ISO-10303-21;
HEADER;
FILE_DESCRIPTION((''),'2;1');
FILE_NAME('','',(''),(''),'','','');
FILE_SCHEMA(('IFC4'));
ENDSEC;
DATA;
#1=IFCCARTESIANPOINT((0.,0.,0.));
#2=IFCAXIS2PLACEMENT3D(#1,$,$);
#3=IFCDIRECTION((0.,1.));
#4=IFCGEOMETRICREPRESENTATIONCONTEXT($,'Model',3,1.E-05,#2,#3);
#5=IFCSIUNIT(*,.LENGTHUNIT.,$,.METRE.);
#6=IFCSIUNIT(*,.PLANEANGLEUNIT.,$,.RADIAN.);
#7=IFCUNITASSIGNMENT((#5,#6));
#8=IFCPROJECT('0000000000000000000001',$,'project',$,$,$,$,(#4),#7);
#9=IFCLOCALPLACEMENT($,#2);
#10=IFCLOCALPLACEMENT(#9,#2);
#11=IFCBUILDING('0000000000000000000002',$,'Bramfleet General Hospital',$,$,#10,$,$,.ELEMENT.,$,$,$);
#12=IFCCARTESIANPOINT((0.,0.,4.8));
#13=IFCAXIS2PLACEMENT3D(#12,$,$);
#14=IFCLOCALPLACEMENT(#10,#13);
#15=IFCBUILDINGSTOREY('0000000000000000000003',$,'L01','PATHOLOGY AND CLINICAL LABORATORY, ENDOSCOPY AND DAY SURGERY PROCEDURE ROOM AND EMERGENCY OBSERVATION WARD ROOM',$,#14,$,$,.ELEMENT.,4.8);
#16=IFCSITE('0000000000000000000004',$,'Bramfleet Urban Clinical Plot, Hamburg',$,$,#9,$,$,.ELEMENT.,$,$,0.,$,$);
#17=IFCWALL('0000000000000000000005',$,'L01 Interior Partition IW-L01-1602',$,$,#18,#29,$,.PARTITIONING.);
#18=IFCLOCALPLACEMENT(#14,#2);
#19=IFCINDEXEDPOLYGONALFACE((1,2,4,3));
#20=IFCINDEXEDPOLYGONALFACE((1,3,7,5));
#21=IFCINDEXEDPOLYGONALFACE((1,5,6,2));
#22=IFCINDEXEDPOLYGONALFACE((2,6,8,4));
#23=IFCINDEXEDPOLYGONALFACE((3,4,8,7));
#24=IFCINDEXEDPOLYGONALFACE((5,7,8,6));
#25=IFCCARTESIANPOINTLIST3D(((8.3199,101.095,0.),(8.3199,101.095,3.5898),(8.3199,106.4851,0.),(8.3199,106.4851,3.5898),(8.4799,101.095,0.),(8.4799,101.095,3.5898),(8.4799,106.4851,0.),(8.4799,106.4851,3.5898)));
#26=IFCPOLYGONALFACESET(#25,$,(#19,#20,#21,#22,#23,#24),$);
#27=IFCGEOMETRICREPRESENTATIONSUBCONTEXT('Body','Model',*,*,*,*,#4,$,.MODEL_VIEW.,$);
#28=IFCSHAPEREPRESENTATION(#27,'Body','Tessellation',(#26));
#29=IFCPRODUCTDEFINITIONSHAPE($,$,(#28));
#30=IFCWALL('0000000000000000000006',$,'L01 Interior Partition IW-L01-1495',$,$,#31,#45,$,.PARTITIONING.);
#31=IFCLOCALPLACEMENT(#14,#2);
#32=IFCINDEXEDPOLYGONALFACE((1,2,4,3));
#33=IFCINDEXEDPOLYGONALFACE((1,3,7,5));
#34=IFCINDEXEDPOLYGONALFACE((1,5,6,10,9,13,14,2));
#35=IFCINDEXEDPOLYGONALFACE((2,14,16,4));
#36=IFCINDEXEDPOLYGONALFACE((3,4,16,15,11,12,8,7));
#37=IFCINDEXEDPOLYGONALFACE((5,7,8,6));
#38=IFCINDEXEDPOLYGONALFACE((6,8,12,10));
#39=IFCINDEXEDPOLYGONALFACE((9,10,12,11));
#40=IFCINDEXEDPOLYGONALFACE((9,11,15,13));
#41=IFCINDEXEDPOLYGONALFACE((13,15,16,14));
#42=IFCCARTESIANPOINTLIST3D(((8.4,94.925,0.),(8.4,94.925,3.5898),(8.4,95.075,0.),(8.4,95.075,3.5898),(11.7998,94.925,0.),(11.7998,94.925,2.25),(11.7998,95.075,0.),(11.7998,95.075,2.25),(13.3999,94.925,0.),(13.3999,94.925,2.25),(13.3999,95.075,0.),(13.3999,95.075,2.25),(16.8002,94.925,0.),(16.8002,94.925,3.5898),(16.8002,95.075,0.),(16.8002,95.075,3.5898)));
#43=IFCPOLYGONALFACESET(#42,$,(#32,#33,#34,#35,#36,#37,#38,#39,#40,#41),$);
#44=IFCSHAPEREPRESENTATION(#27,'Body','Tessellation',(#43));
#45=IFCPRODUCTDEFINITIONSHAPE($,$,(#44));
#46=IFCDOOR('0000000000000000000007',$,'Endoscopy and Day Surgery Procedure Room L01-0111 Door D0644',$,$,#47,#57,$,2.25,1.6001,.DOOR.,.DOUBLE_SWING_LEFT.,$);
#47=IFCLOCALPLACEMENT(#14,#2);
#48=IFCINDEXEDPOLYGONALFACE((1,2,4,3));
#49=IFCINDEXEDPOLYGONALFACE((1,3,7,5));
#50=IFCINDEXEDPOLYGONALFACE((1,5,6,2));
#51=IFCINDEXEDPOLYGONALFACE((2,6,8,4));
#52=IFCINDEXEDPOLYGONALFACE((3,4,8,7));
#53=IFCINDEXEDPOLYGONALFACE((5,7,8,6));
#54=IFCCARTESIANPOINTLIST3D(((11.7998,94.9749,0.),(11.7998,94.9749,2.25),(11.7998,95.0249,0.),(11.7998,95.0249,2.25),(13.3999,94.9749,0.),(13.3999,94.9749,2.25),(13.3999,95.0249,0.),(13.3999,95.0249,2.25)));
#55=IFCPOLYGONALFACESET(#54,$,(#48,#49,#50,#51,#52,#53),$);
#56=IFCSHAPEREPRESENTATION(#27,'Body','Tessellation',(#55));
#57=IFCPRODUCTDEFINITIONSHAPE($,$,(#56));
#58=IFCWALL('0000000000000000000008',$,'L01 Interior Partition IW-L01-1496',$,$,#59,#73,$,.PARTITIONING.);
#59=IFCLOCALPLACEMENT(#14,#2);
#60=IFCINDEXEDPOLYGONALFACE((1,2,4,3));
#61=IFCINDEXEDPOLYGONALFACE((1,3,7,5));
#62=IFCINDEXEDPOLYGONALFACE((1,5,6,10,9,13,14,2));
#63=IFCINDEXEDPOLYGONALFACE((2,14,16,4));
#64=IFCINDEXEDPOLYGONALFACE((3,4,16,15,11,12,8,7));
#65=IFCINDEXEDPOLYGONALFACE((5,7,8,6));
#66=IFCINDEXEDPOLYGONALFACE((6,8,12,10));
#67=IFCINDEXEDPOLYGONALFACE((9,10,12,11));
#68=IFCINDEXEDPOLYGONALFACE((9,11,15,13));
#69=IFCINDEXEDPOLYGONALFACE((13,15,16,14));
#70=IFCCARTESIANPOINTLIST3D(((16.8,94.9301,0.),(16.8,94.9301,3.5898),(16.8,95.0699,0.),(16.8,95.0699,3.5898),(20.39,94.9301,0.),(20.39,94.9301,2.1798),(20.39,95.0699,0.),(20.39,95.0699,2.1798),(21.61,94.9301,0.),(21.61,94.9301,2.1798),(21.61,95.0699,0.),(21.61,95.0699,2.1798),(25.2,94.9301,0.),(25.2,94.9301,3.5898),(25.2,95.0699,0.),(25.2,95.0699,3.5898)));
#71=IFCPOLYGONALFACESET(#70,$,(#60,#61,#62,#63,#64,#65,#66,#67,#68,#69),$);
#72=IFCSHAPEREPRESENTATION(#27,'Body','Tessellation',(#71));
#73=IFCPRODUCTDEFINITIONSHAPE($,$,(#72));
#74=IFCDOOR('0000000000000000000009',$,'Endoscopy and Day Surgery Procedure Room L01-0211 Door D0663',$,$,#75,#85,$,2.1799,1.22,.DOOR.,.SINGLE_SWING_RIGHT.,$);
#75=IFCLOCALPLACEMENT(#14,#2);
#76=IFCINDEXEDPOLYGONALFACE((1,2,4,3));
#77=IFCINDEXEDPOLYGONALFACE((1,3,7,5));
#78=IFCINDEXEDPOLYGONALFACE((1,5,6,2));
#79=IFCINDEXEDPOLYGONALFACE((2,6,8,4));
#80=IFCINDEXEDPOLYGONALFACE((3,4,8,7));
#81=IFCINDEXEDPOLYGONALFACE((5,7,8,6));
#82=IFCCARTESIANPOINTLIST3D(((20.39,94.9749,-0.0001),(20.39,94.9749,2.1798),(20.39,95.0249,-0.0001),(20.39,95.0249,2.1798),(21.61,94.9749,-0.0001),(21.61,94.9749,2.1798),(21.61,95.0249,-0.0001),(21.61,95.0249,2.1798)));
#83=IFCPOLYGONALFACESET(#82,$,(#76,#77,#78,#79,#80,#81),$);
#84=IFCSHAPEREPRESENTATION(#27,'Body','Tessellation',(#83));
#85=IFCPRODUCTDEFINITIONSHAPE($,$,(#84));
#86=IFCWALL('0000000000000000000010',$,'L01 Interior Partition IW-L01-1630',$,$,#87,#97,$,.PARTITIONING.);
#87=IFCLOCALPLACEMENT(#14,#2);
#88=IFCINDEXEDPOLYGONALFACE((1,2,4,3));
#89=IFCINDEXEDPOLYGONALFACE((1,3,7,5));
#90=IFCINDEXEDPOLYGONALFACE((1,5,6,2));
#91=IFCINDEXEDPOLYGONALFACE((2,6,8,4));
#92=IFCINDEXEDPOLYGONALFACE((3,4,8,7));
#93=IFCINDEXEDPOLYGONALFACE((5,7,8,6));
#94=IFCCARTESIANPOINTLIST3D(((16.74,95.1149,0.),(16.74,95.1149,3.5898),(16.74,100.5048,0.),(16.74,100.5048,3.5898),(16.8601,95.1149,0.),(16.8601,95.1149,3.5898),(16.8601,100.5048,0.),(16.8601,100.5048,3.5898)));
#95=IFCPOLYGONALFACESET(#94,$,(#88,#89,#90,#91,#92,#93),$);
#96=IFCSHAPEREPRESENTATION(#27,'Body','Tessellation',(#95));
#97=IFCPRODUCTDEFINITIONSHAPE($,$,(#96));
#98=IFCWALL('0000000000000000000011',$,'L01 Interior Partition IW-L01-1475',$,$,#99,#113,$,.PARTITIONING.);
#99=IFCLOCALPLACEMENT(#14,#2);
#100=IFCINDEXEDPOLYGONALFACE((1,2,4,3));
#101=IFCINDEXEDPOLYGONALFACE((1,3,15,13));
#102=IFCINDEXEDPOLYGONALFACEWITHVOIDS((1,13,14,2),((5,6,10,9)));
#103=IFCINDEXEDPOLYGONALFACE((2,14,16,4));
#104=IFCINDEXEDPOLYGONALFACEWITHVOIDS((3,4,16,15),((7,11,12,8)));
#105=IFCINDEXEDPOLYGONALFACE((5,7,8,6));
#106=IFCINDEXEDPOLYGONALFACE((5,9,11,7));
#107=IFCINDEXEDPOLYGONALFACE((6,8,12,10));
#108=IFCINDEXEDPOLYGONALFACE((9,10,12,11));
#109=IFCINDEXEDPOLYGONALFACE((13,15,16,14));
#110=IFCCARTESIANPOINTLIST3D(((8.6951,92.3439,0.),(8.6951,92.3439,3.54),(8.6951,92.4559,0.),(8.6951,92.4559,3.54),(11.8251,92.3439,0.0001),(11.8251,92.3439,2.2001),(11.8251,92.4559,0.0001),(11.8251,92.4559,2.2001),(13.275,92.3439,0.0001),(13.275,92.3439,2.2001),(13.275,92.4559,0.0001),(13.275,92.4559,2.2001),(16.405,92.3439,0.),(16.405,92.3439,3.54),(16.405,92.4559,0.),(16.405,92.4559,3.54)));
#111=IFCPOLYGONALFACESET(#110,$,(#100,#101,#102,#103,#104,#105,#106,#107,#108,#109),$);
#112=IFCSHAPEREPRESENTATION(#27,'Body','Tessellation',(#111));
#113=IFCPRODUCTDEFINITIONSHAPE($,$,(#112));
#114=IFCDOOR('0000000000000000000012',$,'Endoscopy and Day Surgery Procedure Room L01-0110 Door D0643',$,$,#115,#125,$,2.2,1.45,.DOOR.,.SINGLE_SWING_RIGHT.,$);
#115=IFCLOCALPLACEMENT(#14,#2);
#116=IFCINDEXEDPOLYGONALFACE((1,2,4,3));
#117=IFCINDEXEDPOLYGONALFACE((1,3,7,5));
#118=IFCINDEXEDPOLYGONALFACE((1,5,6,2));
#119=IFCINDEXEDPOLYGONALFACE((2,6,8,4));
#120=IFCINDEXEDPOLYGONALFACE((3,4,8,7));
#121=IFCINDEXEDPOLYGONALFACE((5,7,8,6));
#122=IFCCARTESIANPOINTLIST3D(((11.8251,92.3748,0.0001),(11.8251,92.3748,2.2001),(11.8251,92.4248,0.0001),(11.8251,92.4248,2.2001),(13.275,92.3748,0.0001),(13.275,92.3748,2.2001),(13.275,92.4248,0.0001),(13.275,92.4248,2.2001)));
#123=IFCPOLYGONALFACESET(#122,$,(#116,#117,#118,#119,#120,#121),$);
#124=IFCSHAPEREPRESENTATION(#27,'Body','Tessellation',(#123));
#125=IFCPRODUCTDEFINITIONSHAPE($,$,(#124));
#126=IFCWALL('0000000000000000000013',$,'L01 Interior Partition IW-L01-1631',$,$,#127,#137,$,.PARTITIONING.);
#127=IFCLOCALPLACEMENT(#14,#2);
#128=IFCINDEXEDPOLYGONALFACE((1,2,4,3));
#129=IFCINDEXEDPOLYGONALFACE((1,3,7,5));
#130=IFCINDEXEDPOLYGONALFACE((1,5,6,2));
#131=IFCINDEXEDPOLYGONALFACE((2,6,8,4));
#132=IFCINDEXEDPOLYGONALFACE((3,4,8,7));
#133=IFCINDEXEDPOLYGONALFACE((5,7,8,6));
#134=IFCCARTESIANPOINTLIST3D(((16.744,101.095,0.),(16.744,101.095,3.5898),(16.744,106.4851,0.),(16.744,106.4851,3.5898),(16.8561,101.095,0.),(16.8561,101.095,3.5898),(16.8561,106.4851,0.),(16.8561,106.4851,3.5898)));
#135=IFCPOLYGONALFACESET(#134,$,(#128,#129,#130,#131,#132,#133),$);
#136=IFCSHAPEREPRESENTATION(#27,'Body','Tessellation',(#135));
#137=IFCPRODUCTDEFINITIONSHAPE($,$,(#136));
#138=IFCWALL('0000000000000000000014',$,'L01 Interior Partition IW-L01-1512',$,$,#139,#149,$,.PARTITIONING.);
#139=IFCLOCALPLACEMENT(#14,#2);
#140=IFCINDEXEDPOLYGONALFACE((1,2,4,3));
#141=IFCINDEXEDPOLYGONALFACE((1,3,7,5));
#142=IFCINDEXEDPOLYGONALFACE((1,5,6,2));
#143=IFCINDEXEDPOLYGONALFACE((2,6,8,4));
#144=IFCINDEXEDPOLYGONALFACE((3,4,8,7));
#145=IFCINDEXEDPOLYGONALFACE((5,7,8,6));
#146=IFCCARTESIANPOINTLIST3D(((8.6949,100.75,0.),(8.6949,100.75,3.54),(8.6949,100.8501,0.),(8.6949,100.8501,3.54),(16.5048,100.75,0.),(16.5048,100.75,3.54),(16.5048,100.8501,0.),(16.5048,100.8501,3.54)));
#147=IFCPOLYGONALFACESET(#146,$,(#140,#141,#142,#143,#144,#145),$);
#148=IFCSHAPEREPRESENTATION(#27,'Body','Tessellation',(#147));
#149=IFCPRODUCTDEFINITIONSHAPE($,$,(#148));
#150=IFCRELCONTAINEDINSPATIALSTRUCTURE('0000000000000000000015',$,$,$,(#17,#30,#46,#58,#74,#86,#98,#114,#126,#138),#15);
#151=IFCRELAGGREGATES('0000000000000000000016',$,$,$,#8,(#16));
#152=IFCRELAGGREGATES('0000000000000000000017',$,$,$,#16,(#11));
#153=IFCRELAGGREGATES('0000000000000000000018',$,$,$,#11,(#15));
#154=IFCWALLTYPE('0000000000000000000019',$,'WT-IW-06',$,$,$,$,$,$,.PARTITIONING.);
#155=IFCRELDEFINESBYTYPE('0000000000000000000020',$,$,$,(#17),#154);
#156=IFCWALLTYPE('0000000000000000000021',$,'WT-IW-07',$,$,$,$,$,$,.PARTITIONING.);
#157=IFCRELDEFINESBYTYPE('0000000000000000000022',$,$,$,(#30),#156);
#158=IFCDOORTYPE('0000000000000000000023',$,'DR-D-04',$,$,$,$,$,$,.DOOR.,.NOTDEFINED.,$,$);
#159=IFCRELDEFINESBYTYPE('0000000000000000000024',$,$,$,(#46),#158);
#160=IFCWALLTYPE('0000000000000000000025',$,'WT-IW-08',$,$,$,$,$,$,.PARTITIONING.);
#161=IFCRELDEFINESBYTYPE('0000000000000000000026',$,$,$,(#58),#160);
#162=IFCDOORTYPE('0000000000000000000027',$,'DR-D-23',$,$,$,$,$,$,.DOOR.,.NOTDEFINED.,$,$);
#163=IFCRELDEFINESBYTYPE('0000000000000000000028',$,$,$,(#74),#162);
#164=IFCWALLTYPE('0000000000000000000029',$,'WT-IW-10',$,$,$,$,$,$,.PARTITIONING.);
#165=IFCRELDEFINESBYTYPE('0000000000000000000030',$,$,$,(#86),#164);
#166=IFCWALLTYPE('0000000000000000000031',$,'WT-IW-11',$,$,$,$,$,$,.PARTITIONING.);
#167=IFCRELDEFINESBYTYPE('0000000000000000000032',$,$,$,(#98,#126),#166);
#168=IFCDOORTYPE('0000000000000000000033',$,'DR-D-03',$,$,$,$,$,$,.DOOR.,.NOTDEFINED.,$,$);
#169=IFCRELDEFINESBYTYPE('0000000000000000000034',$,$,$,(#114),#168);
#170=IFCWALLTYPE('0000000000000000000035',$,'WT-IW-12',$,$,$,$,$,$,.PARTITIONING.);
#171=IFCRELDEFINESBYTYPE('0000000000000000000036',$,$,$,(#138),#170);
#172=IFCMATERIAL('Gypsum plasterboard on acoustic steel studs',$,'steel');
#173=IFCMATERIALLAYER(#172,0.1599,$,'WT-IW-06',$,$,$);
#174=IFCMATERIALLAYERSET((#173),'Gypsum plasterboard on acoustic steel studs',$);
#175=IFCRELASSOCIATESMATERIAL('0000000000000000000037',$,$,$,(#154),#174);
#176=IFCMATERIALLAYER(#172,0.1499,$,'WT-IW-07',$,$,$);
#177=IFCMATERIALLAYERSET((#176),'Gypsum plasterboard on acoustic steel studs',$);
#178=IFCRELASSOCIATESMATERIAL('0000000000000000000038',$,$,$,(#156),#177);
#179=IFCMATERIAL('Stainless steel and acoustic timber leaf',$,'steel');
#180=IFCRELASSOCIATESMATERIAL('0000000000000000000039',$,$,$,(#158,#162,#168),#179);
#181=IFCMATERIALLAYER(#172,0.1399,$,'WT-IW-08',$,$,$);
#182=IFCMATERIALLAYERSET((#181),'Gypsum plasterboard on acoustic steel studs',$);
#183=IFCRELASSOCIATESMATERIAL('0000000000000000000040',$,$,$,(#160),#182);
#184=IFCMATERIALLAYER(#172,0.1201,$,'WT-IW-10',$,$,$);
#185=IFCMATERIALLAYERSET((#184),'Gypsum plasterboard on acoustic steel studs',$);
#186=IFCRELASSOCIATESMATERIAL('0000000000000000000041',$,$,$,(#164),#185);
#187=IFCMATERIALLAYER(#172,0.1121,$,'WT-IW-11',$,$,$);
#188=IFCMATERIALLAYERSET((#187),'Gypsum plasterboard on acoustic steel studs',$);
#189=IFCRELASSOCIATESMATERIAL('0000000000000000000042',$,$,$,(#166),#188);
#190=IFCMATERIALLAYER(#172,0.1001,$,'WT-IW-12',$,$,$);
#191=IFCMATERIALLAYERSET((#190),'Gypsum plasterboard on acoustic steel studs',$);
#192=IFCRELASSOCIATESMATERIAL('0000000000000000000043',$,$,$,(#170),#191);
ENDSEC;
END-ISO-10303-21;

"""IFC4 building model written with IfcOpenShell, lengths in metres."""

from ifc_helpers import new_model, si_unit, direction, frame, frame_2d, origin, place, context, subcontext, project, spatial, rectangle, extrude, material, layer, layer_set, type_object, element, fill, save


model = new_model("IFC4")

# Units and contexts
model_context = context("Model", 3, precision=1e-05, world=origin(), true_north=direction((0.0, 1.0)))
body_context = subcontext(model_context, "Body", "Model", "MODEL_VIEW")
ifc_project = project(units=[si_unit("LENGTHUNIT", "METRE"), si_unit("PLANEANGLEUNIT", "RADIAN")], contexts=[model_context])

# Site, building, storey
site_placement = place(None, origin())
site = spatial("IfcSite", under=ifc_project, at=site_placement, Name="Bramfleet Urban Clinical Plot, Hamburg", CompositionType="ELEMENT", RefElevation=0.0)
building_placement = place(site_placement, origin())
building = spatial("IfcBuilding", under=site, at=building_placement, Name="Bramfleet General Hospital", CompositionType="ELEMENT")
storey_placement = place(building_placement, frame((0.0, 0.0, 4.8)))
storey = spatial("IfcBuildingStorey", under=building, at=storey_placement, Name="L01", Description="PATHOLOGY AND CLINICAL LABORATORY, ENDOSCOPY AND DAY SURGERY PROCEDURE ROOM AND EMERGENCY OBSERVATION WARD ROOM", CompositionType="ELEMENT", Elevation=4.8)

# Wall
ifc_material_1 = material(Name="Gypsum plasterboard on acoustic steel studs", Category="steel")
ifc_layer_1 = layer(ifc_material_1, 0.1599, Name="WT-IW-06")
ifc_layer_set_1 = layer_set([ifc_layer_1], Name="Gypsum plasterboard on acoustic steel studs")
wall_type_1 = type_object("IfcWallType", Name="WT-IW-06", PredefinedType="PARTITIONING", material=ifc_layer_set_1)
wall_1_placement = place(storey_placement, frame((8.3999, 101.095, 0.0), z_axis=(0.0, 0.0, 1.0), x_axis=(0.0, 1.0, 0.0)))
element("IfcWall", 1, at=wall_1_placement, inside=storey, type_object=wall_type_1, Name="L01 Interior Partition IW-L01-1602", PredefinedType="PARTITIONING", context=body_context, shape_type="SweptSolid", body=[
    extrude(rectangle(XDim=5.3901, YDim=0.1599, at=frame_2d((2.6951, 0.0))), origin(), (0.0, 0.0, 1.0), 3.5898),
])

# Walls, openings, doors
ifc_layer_2 = layer(ifc_material_1, 0.1499, Name="WT-IW-07")
ifc_layer_set_2 = layer_set([ifc_layer_2], Name="Gypsum plasterboard on acoustic steel studs")
wall_type_2 = type_object("IfcWallType", Name="WT-IW-07", PredefinedType="PARTITIONING", material=ifc_layer_set_2)
wall_2_placement = place(storey_placement, frame((8.3999, 95.0, 0.0), z_axis=(0.0, 0.0, 1.0), x_axis=(1.0, 0.0, 0.0)))
wall_2 = element("IfcWall", 2, at=wall_2_placement, inside=storey, type_object=wall_type_2, Name="L01 Interior Partition IW-L01-1495", PredefinedType="PARTITIONING", context=body_context, shape_type="SweptSolid", body=[
    extrude(rectangle(XDim=8.4001, YDim=0.1499, at=frame_2d((4.2002, 0.0))), origin(), (0.0, 0.0, 1.0), 3.5898),
])
opening_1_placement = place(wall_2_placement, frame((3.3999, 0.0, 0.0)))
opening_1 = element("IfcOpeningElement", 3, at=opening_1_placement, cuts=wall_2, PredefinedType="OPENING", context=body_context, shape_type="SweptSolid", body=[
    extrude(rectangle(XDim=1.6001, YDim=2.25, at=frame_2d((0.8, 1.125))), frame((0.0, 0.085, 0.0), z_axis=(0.0, -1.0, 0.0), x_axis=(1.0, 0.0, 0.0)), (0.0, 0.0, 1.0), 0.1699),
])
ifc_material_2 = material(Name="Stainless steel and acoustic timber leaf", Category="steel")
door_type_1 = type_object("IfcDoorType", Name="DR-D-04", OperationType="NOTDEFINED", PredefinedType="DOOR", material=ifc_material_2)
door_1_placement = place(opening_1_placement, origin())
door_1 = element("IfcDoor", 4, at=door_1_placement, inside=storey, type_object=door_type_1, Name="Endoscopy and Day Surgery Procedure Room L01-0111 Door D0644", OperationType="DOUBLE_SWING_LEFT", OverallHeight=2.25, OverallWidth=1.6001, PredefinedType="DOOR", context=body_context, shape_type="SweptSolid", body=[
    extrude(rectangle(XDim=1.6001, YDim=2.25, at=frame_2d((0.8, 1.125))), frame((0.0, 0.0249, 0.0), z_axis=(0.0, -1.0, 0.0), x_axis=(1.0, 0.0, 0.0)), (0.0, 0.0, 1.0), 0.05),
])
fill(opening_1, door_1)
ifc_layer_3 = layer(ifc_material_1, 0.1399, Name="WT-IW-08")
ifc_layer_set_3 = layer_set([ifc_layer_3], Name="Gypsum plasterboard on acoustic steel studs")
wall_type_3 = type_object("IfcWallType", Name="WT-IW-08", PredefinedType="PARTITIONING", material=ifc_layer_set_3)
wall_3_placement = place(storey_placement, frame((16.8, 95.0, 0.0), z_axis=(0.0, 0.0, 1.0), x_axis=(1.0, 0.0, 0.0)))
wall_3 = element("IfcWall", 5, at=wall_3_placement, inside=storey, type_object=wall_type_3, Name="L01 Interior Partition IW-L01-1496", PredefinedType="PARTITIONING", context=body_context, shape_type="SweptSolid", body=[
    extrude(rectangle(XDim=8.3999, YDim=0.1399, at=frame_2d((4.2, 0.0))), origin(), (0.0, 0.0, 1.0), 3.5898),
])
opening_2_placement = place(wall_3_placement, frame((3.5901, 0.0, 0.0)))
opening_2 = element("IfcOpeningElement", 6, at=opening_2_placement, cuts=wall_3, PredefinedType="OPENING", context=body_context, shape_type="SweptSolid", body=[
    extrude(rectangle(XDim=1.22, YDim=2.1799, at=frame_2d((0.6099, 1.0898))), frame((0.0, 0.0798, 0.0), z_axis=(0.0, -1.0, 0.0), x_axis=(1.0, 0.0, 0.0)), (0.0, 0.0, 1.0), 0.1599),
])
door_type_2 = type_object("IfcDoorType", Name="DR-D-23", OperationType="NOTDEFINED", PredefinedType="DOOR", material=ifc_material_2)
door_2_placement = place(opening_2_placement, origin())
door_2 = element("IfcDoor", 7, at=door_2_placement, inside=storey, type_object=door_type_2, Name="Endoscopy and Day Surgery Procedure Room L01-0211 Door D0663", OperationType="SINGLE_SWING_RIGHT", OverallHeight=2.1799, OverallWidth=1.22, PredefinedType="DOOR", context=body_context, shape_type="SweptSolid", body=[
    extrude(rectangle(XDim=1.22, YDim=2.1799, at=frame_2d((0.6099, 1.0898))), frame((0.0, 0.0249, 0.0), z_axis=(0.0, -1.0, 0.0), x_axis=(1.0, 0.0, 0.0)), (0.0, 0.0, 1.0), 0.05),
])
fill(opening_2, door_2)

# Wall
ifc_layer_4 = layer(ifc_material_1, 0.1201, Name="WT-IW-10")
ifc_layer_set_4 = layer_set([ifc_layer_4], Name="Gypsum plasterboard on acoustic steel studs")
wall_type_4 = type_object("IfcWallType", Name="WT-IW-10", PredefinedType="PARTITIONING", material=ifc_layer_set_4)
wall_4_placement = place(storey_placement, frame((16.8, 95.115, 0.0), z_axis=(0.0, 0.0, 1.0), x_axis=(0.0, 1.0, 0.0)))
element("IfcWall", 8, at=wall_4_placement, inside=storey, type_object=wall_type_4, Name="L01 Interior Partition IW-L01-1630", PredefinedType="PARTITIONING", context=body_context, shape_type="SweptSolid", body=[
    extrude(rectangle(XDim=5.3899, YDim=0.1201, at=frame_2d((2.6948, 0.0))), origin(), (0.0, 0.0, 1.0), 3.5898),
])

# Wall, opening, door
ifc_layer_5 = layer(ifc_material_1, 0.1121, Name="WT-IW-11")
ifc_layer_set_5 = layer_set([ifc_layer_5], Name="Gypsum plasterboard on acoustic steel studs")
wall_type_5 = type_object("IfcWallType", Name="WT-IW-11", PredefinedType="PARTITIONING", material=ifc_layer_set_5)
wall_5_placement = place(storey_placement, frame((8.6951, 92.3999, 0.0), z_axis=(0.0, 0.0, 1.0), x_axis=(1.0, 0.0, 0.0)))
wall_5 = element("IfcWall", 9, at=wall_5_placement, inside=storey, type_object=wall_type_5, Name="L01 Interior Partition IW-L01-1475", PredefinedType="PARTITIONING", context=body_context, shape_type="SweptSolid", body=[
    extrude(rectangle(XDim=7.71, YDim=0.1121, at=frame_2d((3.855, 0.0))), origin(), (0.0, 0.0, 1.0), 3.54),
])
opening_3_placement = place(wall_5_placement, frame((3.1299, 0.0, 0.0)))
opening_3 = element("IfcOpeningElement", 10, at=opening_3_placement, cuts=wall_5, PredefinedType="OPENING", context=body_context, shape_type="SweptSolid", body=[
    extrude(rectangle(XDim=1.45, YDim=2.2, at=frame_2d((0.7251, 1.1001))), frame((0.0, 0.0659, 0.0), z_axis=(0.0, -1.0, 0.0), x_axis=(1.0, 0.0, 0.0)), (0.0, 0.0, 1.0), 0.1321),
])
door_type_3 = type_object("IfcDoorType", Name="DR-D-03", OperationType="NOTDEFINED", PredefinedType="DOOR", material=ifc_material_2)
door_3_placement = place(opening_3_placement, origin())
door_3 = element("IfcDoor", 11, at=door_3_placement, inside=storey, type_object=door_type_3, Name="Endoscopy and Day Surgery Procedure Room L01-0110 Door D0643", OperationType="SINGLE_SWING_RIGHT", OverallHeight=2.2, OverallWidth=1.45, PredefinedType="DOOR", context=body_context, shape_type="SweptSolid", body=[
    extrude(rectangle(XDim=1.45, YDim=2.2, at=frame_2d((0.7251, 1.1001))), frame((0.0, 0.0249, 0.0), z_axis=(0.0, -1.0, 0.0), x_axis=(1.0, 0.0, 0.0)), (0.0, 0.0, 1.0), 0.05),
])
fill(opening_3, door_3)

# Walls
wall_6_placement = place(storey_placement, frame((16.8, 101.095, 0.0), z_axis=(0.0, 0.0, 1.0), x_axis=(0.0, 1.0, 0.0)))
element("IfcWall", 12, at=wall_6_placement, inside=storey, type_object=wall_type_5, Name="L01 Interior Partition IW-L01-1631", PredefinedType="PARTITIONING", context=body_context, shape_type="SweptSolid", body=[
    extrude(rectangle(XDim=5.3901, YDim=0.1121, at=frame_2d((2.6951, 0.0))), origin(), (0.0, 0.0, 1.0), 3.5898),
])
ifc_layer_6 = layer(ifc_material_1, 0.1001, Name="WT-IW-12")
ifc_layer_set_6 = layer_set([ifc_layer_6], Name="Gypsum plasterboard on acoustic steel studs")
wall_type_6 = type_object("IfcWallType", Name="WT-IW-12", PredefinedType="PARTITIONING", material=ifc_layer_set_6)
wall_7_placement = place(storey_placement, frame((8.6951, 100.8, 0.0), z_axis=(0.0, 0.0, 1.0), x_axis=(1.0, 0.0, 0.0)))
element("IfcWall", 13, at=wall_7_placement, inside=storey, type_object=wall_type_6, Name="L01 Interior Partition IW-L01-1512", PredefinedType="PARTITIONING", context=body_context, shape_type="SweptSolid", body=[
    extrude(rectangle(XDim=7.8098, YDim=0.1001, at=frame_2d((3.9048, 0.0))), origin(), (0.0, 0.0, 1.0), 3.54),
])

save(model, "model.ifc")
